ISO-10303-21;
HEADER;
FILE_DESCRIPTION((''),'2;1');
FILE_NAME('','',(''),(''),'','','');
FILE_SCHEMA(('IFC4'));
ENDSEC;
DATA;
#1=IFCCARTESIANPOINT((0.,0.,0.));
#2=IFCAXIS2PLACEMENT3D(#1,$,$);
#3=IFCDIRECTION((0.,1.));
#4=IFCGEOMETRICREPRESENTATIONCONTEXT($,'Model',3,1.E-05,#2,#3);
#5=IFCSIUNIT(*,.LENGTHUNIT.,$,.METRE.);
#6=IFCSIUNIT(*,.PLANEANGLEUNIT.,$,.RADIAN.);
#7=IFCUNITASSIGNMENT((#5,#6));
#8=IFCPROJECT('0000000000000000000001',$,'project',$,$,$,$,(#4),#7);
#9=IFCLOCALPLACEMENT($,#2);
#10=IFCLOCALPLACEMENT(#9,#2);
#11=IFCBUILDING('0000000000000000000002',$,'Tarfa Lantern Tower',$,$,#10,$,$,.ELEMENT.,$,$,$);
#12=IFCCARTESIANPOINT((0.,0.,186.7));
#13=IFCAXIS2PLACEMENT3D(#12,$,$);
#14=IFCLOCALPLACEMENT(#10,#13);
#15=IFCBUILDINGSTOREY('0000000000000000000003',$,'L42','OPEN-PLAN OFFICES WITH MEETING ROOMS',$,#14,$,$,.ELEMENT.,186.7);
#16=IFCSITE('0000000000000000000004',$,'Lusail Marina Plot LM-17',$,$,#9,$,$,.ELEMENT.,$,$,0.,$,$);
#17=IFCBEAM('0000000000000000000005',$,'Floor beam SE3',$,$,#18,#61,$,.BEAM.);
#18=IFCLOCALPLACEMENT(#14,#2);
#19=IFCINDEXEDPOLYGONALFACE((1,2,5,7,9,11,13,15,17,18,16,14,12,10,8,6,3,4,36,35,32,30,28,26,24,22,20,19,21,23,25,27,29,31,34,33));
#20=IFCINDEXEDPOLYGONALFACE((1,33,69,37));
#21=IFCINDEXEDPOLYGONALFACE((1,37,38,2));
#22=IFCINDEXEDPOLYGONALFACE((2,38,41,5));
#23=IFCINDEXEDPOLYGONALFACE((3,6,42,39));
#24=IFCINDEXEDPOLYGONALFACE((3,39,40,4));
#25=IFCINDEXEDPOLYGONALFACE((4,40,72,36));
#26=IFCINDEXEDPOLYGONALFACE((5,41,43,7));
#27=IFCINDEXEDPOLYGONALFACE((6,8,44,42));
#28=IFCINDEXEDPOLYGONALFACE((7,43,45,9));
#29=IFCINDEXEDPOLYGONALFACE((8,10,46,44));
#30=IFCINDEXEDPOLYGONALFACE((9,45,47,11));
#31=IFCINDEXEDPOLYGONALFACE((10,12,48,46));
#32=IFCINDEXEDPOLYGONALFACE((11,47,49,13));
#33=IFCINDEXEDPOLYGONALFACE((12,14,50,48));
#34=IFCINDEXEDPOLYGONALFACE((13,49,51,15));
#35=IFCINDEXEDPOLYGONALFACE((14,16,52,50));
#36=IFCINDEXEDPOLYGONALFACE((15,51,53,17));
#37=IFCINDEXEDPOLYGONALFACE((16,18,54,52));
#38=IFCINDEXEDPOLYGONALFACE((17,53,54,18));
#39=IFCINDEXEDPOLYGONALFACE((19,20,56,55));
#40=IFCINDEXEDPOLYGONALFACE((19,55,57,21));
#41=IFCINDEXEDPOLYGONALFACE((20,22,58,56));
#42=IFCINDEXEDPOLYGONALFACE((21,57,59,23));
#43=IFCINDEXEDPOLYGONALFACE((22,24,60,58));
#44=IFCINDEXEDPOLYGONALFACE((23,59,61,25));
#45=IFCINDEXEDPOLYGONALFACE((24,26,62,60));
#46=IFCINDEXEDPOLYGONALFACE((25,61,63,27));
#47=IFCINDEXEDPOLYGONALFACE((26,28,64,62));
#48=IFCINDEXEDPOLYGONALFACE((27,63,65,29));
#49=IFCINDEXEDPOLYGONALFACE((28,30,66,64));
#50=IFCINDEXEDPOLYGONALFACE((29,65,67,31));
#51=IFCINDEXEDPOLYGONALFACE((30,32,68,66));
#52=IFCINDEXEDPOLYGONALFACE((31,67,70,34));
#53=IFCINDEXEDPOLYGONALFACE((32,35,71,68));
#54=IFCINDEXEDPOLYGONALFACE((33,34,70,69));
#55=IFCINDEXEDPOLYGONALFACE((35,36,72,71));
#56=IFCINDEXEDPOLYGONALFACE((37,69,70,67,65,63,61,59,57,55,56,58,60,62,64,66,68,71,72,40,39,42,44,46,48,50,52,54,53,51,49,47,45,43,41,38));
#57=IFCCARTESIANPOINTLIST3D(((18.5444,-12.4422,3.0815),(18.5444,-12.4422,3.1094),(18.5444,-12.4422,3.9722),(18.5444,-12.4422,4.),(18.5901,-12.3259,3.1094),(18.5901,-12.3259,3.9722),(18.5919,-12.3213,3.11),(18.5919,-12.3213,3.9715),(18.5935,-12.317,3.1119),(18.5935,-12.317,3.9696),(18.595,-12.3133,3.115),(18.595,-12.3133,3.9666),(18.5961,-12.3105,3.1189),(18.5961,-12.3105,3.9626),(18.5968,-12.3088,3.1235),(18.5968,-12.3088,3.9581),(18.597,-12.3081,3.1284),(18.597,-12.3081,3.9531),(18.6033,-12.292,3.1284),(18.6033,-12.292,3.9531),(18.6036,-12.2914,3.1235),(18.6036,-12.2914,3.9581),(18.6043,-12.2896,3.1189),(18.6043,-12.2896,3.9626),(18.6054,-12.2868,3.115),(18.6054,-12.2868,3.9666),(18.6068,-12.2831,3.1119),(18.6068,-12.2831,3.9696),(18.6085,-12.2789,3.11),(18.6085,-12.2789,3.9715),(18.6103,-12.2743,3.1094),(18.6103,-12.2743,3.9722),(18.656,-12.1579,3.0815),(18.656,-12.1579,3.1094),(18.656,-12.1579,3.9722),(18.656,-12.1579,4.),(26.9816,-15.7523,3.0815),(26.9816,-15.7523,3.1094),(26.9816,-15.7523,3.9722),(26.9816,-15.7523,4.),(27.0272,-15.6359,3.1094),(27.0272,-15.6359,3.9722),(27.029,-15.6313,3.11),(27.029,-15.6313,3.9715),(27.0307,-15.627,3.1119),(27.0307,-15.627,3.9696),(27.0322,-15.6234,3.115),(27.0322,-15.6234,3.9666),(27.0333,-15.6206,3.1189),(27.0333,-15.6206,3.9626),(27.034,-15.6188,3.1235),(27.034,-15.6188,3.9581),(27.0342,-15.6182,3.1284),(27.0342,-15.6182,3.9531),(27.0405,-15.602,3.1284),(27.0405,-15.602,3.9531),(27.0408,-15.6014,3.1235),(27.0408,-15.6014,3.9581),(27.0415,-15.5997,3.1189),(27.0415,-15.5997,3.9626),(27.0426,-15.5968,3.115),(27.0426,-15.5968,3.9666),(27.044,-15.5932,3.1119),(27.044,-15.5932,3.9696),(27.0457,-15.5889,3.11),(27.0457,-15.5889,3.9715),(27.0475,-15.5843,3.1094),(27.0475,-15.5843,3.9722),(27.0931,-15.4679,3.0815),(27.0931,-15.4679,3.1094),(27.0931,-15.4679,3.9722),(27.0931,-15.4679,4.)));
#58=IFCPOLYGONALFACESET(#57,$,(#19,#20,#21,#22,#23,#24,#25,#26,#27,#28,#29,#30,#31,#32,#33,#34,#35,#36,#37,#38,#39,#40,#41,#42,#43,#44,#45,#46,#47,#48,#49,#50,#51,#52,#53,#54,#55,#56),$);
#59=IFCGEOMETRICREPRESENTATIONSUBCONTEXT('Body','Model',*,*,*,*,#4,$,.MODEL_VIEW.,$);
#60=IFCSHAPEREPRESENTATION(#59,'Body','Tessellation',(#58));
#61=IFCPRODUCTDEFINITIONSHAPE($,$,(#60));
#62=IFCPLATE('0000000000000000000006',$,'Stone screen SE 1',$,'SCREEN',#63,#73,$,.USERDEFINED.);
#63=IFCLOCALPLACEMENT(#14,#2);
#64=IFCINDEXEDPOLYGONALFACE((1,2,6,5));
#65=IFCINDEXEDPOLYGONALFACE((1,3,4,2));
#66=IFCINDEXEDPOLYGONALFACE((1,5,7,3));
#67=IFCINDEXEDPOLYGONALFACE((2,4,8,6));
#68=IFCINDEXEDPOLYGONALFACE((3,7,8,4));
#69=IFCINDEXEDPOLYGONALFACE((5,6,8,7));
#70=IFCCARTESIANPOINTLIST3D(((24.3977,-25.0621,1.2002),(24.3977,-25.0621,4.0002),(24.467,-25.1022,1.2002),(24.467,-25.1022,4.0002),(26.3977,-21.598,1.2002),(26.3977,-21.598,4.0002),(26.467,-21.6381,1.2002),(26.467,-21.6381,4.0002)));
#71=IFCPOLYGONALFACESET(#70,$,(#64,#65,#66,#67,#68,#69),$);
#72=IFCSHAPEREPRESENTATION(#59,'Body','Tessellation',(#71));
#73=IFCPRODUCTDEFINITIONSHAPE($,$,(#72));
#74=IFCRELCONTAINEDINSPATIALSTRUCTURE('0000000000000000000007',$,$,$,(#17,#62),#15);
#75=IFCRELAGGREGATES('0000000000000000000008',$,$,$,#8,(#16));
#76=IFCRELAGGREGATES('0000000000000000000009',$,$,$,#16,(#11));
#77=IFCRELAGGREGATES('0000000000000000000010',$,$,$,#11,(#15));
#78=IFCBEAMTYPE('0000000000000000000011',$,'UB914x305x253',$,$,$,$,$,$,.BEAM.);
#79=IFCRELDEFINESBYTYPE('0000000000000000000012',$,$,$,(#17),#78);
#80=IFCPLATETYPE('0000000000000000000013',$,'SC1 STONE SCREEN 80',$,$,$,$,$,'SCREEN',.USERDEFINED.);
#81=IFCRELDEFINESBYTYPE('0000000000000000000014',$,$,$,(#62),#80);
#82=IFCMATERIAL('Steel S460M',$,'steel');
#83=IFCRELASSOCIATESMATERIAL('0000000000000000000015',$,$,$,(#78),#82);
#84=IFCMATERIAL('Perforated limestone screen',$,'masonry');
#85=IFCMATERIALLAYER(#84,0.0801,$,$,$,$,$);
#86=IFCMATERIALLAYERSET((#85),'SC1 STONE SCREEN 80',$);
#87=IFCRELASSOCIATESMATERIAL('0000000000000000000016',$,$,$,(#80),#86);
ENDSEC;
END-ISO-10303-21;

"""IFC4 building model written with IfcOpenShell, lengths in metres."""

from ifc_helpers import new_model, si_unit, direction, frame, origin, origin_2d, place, context, subcontext, project, spatial, rectangle, i_section, extrude, material, layer, layer_set, material_profile, profile_set, type_object, element, save


model = new_model("IFC4")

# Units and contexts
model_context = context("Model", 3, precision=1e-05, world=origin(), true_north=direction((0.0, 1.0)))
body_context = subcontext(model_context, "Body", "Model", "MODEL_VIEW")
ifc_project = project(units=[si_unit("LENGTHUNIT", "METRE"), si_unit("PLANEANGLEUNIT", "RADIAN")], contexts=[model_context])

# Site, building, storey
site_placement = place(None, origin())
site = spatial("IfcSite", under=ifc_project, at=site_placement, Name="Lusail Marina Plot LM-17", CompositionType="ELEMENT", RefElevation=0.0)
building_placement = place(site_placement, origin())
building = spatial("IfcBuilding", under=site, at=building_placement, Name="Tarfa Lantern Tower", CompositionType="ELEMENT")
storey_placement = place(building_placement, frame((0.0, 0.0, 186.7)))
storey = spatial("IfcBuildingStorey", under=building, at=storey_placement, Name="L42", Description="OPEN-PLAN OFFICES WITH MEETING ROOMS", CompositionType="ELEMENT", Elevation=186.7)

# Beam
ifc_material_1 = material(Name="Steel S460M", Category="steel")
ifc_material_profile_1 = material_profile(ifc_material_1, i_section(OverallWidth=0.3054, OverallDepth=0.9185, WebThickness=0.0173, FlangeThickness=0.0278, FilletRadius=0.019, at=origin_2d()), Name="UB914x305x253")
ifc_profile_set_1 = profile_set([ifc_material_profile_1], Name="Steel S460M")
beam_type_1 = type_object("IfcBeamType", Name="UB914x305x253", PredefinedType="BEAM", material=ifc_profile_set_1)
beam_1_placement = place(storey_placement, frame((27.0374, -15.6101, 3.5408), z_axis=(-0.930923, 0.365215, 0.0), x_axis=(-0.365215, -0.930923, 0.0)))
element("IfcBeam", 1, at=beam_1_placement, inside=storey, type_object=beam_type_1, Name="Floor beam SE3", PredefinedType="BEAM", context=body_context, shape_type="SweptSolid", body=[
    extrude(i_section(OverallWidth=0.3054, OverallDepth=0.9185, WebThickness=0.0173, FlangeThickness=0.0278, FilletRadius=0.019, at=origin_2d()), origin(), (0.0, 0.0, 1.0), 9.0632),
])

# Plate
ifc_material_2 = material(Name="Perforated limestone screen", Category="masonry")
ifc_layer_1 = layer(ifc_material_2, 0.0801)
ifc_layer_set_1 = layer_set([ifc_layer_1], Name="SC1 STONE SCREEN 80")
plate_type = type_object("IfcPlateType", Name="SC1 STONE SCREEN 80", ElementType="SCREEN", PredefinedType="USERDEFINED", material=ifc_layer_set_1)
plate_placement = place(storey_placement, frame((25.4324, -23.3501, 1.2002), z_axis=(0.0, 0.0, 1.0), x_axis=(0.5, 0.866025, 0.0)))
element("IfcPlate", 2, at=plate_placement, inside=storey, type_object=plate_type, Name="Stone screen SE 1", ObjectType="SCREEN", PredefinedType="USERDEFINED", context=body_context, shape_type="SweptSolid", body=[
    extrude(rectangle(XDim=4.0, YDim=0.0801, at=origin_2d()), origin(), (0.0, 0.0, 1.0), 2.8),
])

save(model, "model.ifc")
